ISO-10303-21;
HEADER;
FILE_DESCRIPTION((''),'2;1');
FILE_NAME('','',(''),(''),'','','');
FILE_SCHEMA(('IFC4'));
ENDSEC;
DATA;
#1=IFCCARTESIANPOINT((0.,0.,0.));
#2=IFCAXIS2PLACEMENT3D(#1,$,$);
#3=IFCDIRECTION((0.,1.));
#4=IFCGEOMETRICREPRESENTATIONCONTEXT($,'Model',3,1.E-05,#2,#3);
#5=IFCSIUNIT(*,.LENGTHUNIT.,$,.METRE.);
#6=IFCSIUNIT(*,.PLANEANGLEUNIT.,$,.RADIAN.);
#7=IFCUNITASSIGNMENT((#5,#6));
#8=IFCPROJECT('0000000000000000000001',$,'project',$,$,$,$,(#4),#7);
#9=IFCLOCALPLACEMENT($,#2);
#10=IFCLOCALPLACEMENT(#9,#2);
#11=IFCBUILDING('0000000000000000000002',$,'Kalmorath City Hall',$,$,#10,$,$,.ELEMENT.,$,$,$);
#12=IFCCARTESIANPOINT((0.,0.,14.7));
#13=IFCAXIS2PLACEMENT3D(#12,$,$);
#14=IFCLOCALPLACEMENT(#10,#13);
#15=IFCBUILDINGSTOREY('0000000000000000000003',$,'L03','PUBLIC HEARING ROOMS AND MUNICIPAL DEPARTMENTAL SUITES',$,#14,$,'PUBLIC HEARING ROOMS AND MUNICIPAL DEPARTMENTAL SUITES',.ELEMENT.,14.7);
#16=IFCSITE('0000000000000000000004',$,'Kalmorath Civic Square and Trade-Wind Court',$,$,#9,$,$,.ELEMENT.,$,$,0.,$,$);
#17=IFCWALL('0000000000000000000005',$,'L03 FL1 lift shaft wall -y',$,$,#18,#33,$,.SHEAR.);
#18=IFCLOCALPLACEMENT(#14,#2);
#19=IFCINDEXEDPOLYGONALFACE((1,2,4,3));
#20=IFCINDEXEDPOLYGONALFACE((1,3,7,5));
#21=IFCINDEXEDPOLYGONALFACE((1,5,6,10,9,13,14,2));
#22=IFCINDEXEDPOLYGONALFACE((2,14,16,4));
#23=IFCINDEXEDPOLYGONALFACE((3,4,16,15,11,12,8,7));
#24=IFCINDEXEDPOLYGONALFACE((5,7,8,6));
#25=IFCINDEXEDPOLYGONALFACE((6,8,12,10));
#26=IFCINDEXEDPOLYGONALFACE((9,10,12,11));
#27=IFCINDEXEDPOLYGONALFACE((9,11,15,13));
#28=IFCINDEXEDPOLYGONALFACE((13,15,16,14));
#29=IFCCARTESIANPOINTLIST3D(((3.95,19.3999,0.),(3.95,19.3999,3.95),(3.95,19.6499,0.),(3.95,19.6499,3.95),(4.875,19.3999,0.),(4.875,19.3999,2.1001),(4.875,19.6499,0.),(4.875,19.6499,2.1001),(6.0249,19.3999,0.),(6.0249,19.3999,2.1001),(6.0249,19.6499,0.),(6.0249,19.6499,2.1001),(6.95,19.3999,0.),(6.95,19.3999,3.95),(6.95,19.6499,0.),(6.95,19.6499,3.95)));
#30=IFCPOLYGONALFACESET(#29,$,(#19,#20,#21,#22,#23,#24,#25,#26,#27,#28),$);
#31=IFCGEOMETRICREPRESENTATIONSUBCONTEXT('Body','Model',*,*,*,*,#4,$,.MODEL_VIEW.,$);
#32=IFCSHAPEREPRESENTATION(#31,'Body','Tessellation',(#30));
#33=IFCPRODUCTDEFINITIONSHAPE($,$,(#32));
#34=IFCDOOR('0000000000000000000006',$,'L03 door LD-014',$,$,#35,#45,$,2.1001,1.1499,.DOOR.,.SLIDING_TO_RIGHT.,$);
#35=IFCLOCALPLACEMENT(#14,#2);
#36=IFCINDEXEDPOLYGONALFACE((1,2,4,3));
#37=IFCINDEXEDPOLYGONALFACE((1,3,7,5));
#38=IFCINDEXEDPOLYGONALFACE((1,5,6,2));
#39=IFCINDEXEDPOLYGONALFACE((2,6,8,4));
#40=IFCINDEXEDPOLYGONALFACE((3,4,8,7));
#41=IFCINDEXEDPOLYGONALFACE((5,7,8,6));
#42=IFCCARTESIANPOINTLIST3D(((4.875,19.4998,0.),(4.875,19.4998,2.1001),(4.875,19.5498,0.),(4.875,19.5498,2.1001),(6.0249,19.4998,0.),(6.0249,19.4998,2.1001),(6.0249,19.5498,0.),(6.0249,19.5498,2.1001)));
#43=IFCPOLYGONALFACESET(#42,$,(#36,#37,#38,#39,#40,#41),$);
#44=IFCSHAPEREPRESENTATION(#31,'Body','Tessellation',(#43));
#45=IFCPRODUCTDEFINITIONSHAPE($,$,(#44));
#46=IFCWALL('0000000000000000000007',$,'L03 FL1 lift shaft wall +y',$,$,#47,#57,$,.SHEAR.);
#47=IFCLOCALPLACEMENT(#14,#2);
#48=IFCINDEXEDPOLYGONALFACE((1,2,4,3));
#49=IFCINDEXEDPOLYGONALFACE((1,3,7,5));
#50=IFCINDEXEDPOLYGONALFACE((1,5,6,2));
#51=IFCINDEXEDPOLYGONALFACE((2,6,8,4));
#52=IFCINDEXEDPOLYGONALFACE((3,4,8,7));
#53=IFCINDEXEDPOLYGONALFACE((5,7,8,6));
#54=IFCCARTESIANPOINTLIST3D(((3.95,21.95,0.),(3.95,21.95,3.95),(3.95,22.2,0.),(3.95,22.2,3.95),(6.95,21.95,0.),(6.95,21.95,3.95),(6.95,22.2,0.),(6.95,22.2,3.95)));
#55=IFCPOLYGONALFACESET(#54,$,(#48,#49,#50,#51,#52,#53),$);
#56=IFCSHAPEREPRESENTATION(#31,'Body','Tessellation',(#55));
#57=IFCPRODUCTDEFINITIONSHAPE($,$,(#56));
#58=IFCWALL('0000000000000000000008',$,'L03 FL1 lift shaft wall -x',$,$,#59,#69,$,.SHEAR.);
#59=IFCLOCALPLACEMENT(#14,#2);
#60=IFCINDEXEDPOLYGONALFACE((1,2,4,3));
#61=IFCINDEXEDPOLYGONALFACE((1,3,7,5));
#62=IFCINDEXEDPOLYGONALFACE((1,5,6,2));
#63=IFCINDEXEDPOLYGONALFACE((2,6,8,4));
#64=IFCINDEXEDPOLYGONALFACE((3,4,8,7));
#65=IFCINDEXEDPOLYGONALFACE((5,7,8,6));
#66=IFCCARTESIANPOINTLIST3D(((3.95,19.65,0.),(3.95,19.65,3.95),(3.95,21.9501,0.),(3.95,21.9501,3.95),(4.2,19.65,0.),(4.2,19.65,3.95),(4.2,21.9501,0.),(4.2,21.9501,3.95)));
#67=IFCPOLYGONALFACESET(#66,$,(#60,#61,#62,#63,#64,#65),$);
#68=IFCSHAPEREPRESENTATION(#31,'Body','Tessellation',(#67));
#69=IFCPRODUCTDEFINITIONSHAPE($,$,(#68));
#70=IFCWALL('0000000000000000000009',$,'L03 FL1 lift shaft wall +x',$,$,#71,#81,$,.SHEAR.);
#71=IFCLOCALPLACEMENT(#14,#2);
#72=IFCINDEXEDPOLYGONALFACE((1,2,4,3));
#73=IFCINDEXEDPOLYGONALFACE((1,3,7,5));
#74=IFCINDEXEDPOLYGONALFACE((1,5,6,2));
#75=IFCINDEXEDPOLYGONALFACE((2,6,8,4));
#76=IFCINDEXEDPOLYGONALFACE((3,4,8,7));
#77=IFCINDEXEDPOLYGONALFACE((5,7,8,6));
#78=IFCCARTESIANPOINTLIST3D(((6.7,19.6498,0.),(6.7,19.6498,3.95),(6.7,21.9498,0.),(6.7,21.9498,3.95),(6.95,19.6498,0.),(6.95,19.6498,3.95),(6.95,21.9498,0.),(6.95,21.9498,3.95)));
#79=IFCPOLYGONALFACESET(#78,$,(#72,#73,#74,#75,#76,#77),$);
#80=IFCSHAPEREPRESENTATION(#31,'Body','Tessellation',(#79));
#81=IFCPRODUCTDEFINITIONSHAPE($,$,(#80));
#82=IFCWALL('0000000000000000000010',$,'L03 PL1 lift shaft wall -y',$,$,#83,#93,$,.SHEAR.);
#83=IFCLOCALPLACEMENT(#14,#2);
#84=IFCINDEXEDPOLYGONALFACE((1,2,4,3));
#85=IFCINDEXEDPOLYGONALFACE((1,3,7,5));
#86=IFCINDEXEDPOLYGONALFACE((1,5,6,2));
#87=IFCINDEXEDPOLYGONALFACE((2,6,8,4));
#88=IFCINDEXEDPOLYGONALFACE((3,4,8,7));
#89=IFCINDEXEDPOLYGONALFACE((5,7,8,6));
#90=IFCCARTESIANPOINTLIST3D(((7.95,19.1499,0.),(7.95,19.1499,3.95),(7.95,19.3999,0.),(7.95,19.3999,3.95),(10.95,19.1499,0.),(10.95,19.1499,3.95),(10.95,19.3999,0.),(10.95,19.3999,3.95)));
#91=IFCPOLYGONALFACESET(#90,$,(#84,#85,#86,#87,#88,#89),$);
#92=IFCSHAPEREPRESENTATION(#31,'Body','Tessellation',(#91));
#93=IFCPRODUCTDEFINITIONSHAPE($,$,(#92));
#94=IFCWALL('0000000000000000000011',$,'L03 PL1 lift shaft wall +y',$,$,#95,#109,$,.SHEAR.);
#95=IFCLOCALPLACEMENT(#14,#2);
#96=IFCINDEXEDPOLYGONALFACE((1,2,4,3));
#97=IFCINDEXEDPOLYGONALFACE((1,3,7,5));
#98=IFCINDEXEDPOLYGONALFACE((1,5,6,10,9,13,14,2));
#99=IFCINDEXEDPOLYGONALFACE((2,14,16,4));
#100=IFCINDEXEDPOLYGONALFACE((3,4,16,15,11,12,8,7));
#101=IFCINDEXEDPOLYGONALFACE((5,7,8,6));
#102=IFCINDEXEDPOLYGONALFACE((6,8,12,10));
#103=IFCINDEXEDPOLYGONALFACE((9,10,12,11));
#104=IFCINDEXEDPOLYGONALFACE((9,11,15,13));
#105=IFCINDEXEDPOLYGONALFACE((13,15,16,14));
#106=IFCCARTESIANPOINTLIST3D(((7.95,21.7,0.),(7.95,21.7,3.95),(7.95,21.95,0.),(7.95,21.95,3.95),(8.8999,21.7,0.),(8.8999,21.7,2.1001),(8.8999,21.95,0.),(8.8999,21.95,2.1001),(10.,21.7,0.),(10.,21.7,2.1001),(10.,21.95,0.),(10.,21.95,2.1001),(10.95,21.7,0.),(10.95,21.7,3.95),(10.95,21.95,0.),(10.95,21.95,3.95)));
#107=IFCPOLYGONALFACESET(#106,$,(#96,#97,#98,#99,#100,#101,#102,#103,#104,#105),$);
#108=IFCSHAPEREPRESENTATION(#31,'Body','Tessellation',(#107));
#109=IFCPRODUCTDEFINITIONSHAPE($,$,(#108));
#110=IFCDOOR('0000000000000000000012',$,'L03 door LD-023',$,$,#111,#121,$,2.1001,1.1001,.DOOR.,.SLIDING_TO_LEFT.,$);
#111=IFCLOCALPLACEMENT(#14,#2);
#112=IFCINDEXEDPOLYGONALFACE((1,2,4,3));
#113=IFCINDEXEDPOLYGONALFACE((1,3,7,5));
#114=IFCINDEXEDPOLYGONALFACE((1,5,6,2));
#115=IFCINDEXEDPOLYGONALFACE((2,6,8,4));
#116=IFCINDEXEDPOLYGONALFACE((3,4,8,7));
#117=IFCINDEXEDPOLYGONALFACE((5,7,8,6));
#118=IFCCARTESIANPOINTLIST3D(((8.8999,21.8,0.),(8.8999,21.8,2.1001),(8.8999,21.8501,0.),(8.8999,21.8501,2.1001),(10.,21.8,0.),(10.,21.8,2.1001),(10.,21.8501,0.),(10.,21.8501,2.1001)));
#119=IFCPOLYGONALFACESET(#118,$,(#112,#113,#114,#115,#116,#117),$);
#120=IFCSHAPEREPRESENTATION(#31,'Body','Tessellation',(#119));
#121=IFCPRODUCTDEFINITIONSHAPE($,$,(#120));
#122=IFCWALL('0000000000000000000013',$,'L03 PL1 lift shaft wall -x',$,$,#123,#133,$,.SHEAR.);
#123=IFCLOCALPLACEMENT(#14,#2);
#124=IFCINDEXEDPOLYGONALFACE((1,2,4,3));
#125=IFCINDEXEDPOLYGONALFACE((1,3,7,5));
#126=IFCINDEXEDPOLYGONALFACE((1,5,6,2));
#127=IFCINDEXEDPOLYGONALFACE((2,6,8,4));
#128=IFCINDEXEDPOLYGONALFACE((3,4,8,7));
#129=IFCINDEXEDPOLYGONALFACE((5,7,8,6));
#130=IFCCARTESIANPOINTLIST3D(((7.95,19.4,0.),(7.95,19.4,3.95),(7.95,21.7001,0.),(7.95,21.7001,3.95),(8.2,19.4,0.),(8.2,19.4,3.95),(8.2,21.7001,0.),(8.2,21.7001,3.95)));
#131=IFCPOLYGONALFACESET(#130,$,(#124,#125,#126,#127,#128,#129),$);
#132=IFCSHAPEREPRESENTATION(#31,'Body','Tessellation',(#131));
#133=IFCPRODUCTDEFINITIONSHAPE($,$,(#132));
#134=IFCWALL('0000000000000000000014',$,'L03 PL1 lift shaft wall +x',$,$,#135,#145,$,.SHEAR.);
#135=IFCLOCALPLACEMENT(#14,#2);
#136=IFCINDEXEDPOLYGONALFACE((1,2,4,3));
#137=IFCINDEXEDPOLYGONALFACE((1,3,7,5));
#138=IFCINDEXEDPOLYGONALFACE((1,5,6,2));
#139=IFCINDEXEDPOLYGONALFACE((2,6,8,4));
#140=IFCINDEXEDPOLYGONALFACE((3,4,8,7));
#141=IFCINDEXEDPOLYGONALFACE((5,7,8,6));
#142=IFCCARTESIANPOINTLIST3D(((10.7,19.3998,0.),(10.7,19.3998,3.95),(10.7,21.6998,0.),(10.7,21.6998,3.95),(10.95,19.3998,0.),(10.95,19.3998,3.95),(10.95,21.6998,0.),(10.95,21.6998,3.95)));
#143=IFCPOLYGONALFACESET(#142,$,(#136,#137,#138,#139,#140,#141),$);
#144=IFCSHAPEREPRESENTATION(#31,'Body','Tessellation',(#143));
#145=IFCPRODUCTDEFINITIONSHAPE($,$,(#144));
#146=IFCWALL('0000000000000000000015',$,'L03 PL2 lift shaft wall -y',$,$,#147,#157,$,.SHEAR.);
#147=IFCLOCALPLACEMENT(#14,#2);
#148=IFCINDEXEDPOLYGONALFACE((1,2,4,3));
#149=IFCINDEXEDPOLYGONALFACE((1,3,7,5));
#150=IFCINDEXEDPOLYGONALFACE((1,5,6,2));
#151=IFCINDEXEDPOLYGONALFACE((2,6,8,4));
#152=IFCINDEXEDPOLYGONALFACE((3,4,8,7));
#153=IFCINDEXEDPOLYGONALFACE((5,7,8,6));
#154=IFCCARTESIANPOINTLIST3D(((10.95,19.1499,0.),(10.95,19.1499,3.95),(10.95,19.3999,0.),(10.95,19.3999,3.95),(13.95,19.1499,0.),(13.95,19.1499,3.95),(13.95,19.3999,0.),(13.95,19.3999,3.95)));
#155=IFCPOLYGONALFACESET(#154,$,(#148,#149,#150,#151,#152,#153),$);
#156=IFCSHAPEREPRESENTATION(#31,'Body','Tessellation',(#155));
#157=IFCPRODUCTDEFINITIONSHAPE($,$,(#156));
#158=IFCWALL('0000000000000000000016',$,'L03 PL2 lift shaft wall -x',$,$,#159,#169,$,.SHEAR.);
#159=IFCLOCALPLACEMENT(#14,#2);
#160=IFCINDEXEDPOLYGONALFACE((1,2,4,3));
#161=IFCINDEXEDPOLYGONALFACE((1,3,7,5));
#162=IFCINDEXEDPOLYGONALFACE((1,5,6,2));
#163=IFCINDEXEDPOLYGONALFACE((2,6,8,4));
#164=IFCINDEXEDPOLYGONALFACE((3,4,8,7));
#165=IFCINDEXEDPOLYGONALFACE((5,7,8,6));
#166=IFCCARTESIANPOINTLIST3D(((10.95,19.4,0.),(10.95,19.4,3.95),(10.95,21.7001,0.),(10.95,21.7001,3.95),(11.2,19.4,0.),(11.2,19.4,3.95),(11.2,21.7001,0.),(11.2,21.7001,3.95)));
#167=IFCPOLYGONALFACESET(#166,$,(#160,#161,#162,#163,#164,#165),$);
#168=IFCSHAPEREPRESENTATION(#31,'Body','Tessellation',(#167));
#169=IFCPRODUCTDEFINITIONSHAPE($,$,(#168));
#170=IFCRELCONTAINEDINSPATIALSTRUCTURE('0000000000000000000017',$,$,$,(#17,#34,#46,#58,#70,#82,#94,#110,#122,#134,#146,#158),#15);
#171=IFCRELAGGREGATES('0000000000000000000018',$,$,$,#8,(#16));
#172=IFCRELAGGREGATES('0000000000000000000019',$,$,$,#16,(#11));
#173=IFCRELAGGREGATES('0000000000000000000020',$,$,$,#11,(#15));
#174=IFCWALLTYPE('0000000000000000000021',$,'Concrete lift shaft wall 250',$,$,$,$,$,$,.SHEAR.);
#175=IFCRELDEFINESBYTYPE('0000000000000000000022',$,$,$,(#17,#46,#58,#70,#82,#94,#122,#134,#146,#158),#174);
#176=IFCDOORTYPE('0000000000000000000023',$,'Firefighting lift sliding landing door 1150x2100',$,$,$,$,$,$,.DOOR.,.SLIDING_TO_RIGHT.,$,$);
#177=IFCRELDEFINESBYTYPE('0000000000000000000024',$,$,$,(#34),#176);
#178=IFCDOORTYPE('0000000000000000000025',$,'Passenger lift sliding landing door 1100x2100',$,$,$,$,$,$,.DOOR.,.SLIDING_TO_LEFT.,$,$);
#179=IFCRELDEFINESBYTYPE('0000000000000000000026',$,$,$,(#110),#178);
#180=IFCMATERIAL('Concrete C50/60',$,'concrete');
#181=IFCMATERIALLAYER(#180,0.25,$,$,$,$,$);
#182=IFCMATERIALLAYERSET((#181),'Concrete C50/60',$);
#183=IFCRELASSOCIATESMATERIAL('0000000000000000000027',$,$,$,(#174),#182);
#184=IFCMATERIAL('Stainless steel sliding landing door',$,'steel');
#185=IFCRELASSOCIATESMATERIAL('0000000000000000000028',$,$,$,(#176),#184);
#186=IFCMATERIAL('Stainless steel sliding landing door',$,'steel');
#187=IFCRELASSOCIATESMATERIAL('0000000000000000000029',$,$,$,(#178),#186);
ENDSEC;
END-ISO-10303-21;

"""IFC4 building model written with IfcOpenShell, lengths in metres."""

from ifc_helpers import new_model, si_unit, direction, frame, frame_2d, origin, place, context, subcontext, project, spatial, rectangle, extrude, material, layer, layer_set, type_object, element, fill, save


model = new_model("IFC4")

# Units and contexts
model_context = context("Model", 3, precision=1e-05, world=origin(), true_north=direction((0.0, 1.0)))
body_context = subcontext(model_context, "Body", "Model", "MODEL_VIEW")
ifc_project = project(units=[si_unit("LENGTHUNIT", "METRE"), si_unit("PLANEANGLEUNIT", "RADIAN")], contexts=[model_context])

# Site, building, storey
site_placement = place(None, origin())
site = spatial("IfcSite", under=ifc_project, at=site_placement, Name="Kalmorath Civic Square and Trade-Wind Court", CompositionType="ELEMENT", RefElevation=0.0)
building_placement = place(site_placement, origin())
building = spatial("IfcBuilding", under=site, at=building_placement, Name="Kalmorath City Hall", CompositionType="ELEMENT")
storey_placement = place(building_placement, frame((0.0, 0.0, 14.7)))
storey = spatial("IfcBuildingStorey", under=building, at=storey_placement, Name="L03", Description="PUBLIC HEARING ROOMS AND MUNICIPAL DEPARTMENTAL SUITES", LongName="PUBLIC HEARING ROOMS AND MUNICIPAL DEPARTMENTAL SUITES", CompositionType="ELEMENT", Elevation=14.7)

# Wall, opening, door
ifc_material_1 = material(Name="Concrete C50/60", Category="concrete")
ifc_layer_1 = layer(ifc_material_1, 0.25)
ifc_layer_set_1 = layer_set([ifc_layer_1], Name="Concrete C50/60")
wall_type_1 = type_object("IfcWallType", Name="Concrete lift shaft wall 250", PredefinedType="SHEAR", material=ifc_layer_set_1)
wall_1_placement = place(storey_placement, frame((3.95, 19.5249, 0.0), z_axis=(0.0, 0.0, 1.0), x_axis=(1.0, 0.0, 0.0)))
wall_1 = element("IfcWall", 1, at=wall_1_placement, inside=storey, type_object=wall_type_1, Name="L03 FL1 lift shaft wall -y", PredefinedType="SHEAR", context=body_context, shape_type="SweptSolid", body=[
    extrude(rectangle(XDim=3.0, YDim=0.25, at=frame_2d((1.5, 0.0))), origin(), (0.0, 0.0, 1.0), 3.95),
])
opening_1_placement = place(wall_1_placement, frame((0.925, 0.0, 0.0)))
opening_1 = element("IfcOpeningElement", 2, at=opening_1_placement, cuts=wall_1, PredefinedType="OPENING", context=body_context, shape_type="SweptSolid", body=[
    extrude(rectangle(XDim=1.1499, YDim=2.1001, at=frame_2d((0.575, 1.05))), frame((0.0, 0.135, 0.0), z_axis=(0.0, -1.0, 0.0), x_axis=(1.0, 0.0, 0.0)), (0.0, 0.0, 1.0), 0.27),
])
ifc_material_2 = material(Name="Stainless steel sliding landing door", Category="steel")
door_type_1 = type_object("IfcDoorType", Name="Firefighting lift sliding landing door 1150x2100", OperationType="SLIDING_TO_RIGHT", PredefinedType="DOOR", material=ifc_material_2)
door_1_placement = place(opening_1_placement, origin())
door_1 = element("IfcDoor", 3, at=door_1_placement, inside=storey, type_object=door_type_1, Name="L03 door LD-014", OperationType="SLIDING_TO_RIGHT", OverallHeight=2.1001, OverallWidth=1.1499, PredefinedType="DOOR", context=body_context, shape_type="SweptSolid", body=[
    extrude(rectangle(XDim=1.1499, YDim=2.1001, at=frame_2d((0.575, 1.05))), frame((0.0, 0.0249, 0.0), z_axis=(0.0, -1.0, 0.0), x_axis=(1.0, 0.0, 0.0)), (0.0, 0.0, 1.0), 0.05),
])
fill(opening_1, door_1)

# Walls
wall_2_placement = place(storey_placement, frame((6.95, 22.075, 0.0), z_axis=(0.0, 0.0, 1.0), x_axis=(-1.0, 0.0, 0.0)))
element("IfcWall", 4, at=wall_2_placement, inside=storey, type_object=wall_type_1, Name="L03 FL1 lift shaft wall +y", PredefinedType="SHEAR", context=body_context, shape_type="SweptSolid", body=[
    extrude(rectangle(XDim=3.0, YDim=0.25, at=frame_2d((1.5, 0.0))), origin(), (0.0, 0.0, 1.0), 3.95),
])
for number, where, z_axis, x_axis, name in (
    (5, (4.075, 21.95, 0.0), (0.0, 0.0, 1.0), (0.0, -1.0, 0.0), "L03 FL1 lift shaft wall -x"),
    (6, (6.825, 19.6499, 0.0), (0.0, 0.0, 1.0), (0.0, 1.0, 0.0), "L03 FL1 lift shaft wall +x"),
):
    element("IfcWall", number, at=place(storey_placement, frame(where, z_axis=z_axis, x_axis=x_axis)), inside=storey, type_object=wall_type_1, Name=name, PredefinedType="SHEAR", context=body_context, shape_type="SweptSolid", body=[
        extrude(rectangle(XDim=2.3, YDim=0.25, at=frame_2d((1.1499, 0.0))), origin(), (0.0, 0.0, 1.0), 3.95),
    ])
wall_3_placement = place(storey_placement, frame((7.95, 19.2749, 0.0), z_axis=(0.0, 0.0, 1.0), x_axis=(1.0, 0.0, 0.0)))
element("IfcWall", 7, at=wall_3_placement, inside=storey, type_object=wall_type_1, Name="L03 PL1 lift shaft wall -y", PredefinedType="SHEAR", context=body_context, shape_type="SweptSolid", body=[
    extrude(rectangle(XDim=3.0, YDim=0.25, at=frame_2d((1.5, 0.0))), origin(), (0.0, 0.0, 1.0), 3.95),
])

# Wall, opening, door
wall_4_placement = place(storey_placement, frame((10.95, 21.825, 0.0), z_axis=(0.0, 0.0, 1.0), x_axis=(-1.0, 0.0, 0.0)))
wall_4 = element("IfcWall", 8, at=wall_4_placement, inside=storey, type_object=wall_type_1, Name="L03 PL1 lift shaft wall +y", PredefinedType="SHEAR", context=body_context, shape_type="SweptSolid", body=[
    extrude(rectangle(XDim=3.0, YDim=0.25, at=frame_2d((1.5, 0.0))), origin(), (0.0, 0.0, 1.0), 3.95),
])
opening_2_placement = place(wall_4_placement, frame((0.95, 0.0, 0.0)))
opening_2 = element("IfcOpeningElement", 9, at=opening_2_placement, cuts=wall_4, PredefinedType="OPENING", context=body_context, shape_type="SweptSolid", body=[
    extrude(rectangle(XDim=1.1001, YDim=2.1001, at=frame_2d((0.55, 1.05))), frame((0.0, 0.135, 0.0), z_axis=(0.0, -1.0, 0.0), x_axis=(1.0, 0.0, 0.0)), (0.0, 0.0, 1.0), 0.27),
])
ifc_material_3 = material(Name="Stainless steel sliding landing door", Category="steel")
door_type_2 = type_object("IfcDoorType", Name="Passenger lift sliding landing door 1100x2100", OperationType="SLIDING_TO_LEFT", PredefinedType="DOOR", material=ifc_material_3)
door_2_placement = place(opening_2_placement, origin())
door_2 = element("IfcDoor", 10, at=door_2_placement, inside=storey, type_object=door_type_2, Name="L03 door LD-023", OperationType="SLIDING_TO_LEFT", OverallHeight=2.1001, OverallWidth=1.1001, PredefinedType="DOOR", context=body_context, shape_type="SweptSolid", body=[
    extrude(rectangle(XDim=1.1001, YDim=2.1001, at=frame_2d((0.55, 1.05))), frame((0.0, 0.0249, 0.0), z_axis=(0.0, -1.0, 0.0), x_axis=(1.0, 0.0, 0.0)), (0.0, 0.0, 1.0), 0.05),
])
fill(opening_2, door_2)

# Walls
for number, where, z_axis, x_axis, name in (
    (11, (8.075, 21.7, 0.0), (0.0, 0.0, 1.0), (0.0, -1.0, 0.0), "L03 PL1 lift shaft wall -x"),
    (12, (10.825, 19.3999, 0.0), (0.0, 0.0, 1.0), (0.0, 1.0, 0.0), "L03 PL1 lift shaft wall +x"),
):
    element("IfcWall", number, at=place(storey_placement, frame(where, z_axis=z_axis, x_axis=x_axis)), inside=storey, type_object=wall_type_1, Name=name, PredefinedType="SHEAR", context=body_context, shape_type="SweptSolid", body=[
        extrude(rectangle(XDim=2.3, YDim=0.25, at=frame_2d((1.1499, 0.0))), origin(), (0.0, 0.0, 1.0), 3.95),
    ])
wall_5_placement = place(storey_placement, frame((10.95, 19.2749, 0.0), z_axis=(0.0, 0.0, 1.0), x_axis=(1.0, 0.0, 0.0)))
element("IfcWall", 13, at=wall_5_placement, inside=storey, type_object=wall_type_1, Name="L03 PL2 lift shaft wall -y", PredefinedType="SHEAR", context=body_context, shape_type="SweptSolid", body=[
    extrude(rectangle(XDim=3.0, YDim=0.25, at=frame_2d((1.5, 0.0))), origin(), (0.0, 0.0, 1.0), 3.95),
])
wall_6_placement = place(storey_placement, frame((11.075, 21.7, 0.0), z_axis=(0.0, 0.0, 1.0), x_axis=(0.0, -1.0, 0.0)))
element("IfcWall", 14, at=wall_6_placement, inside=storey, type_object=wall_type_1, Name="L03 PL2 lift shaft wall -x", PredefinedType="SHEAR", context=body_context, shape_type="SweptSolid", body=[
    extrude(rectangle(XDim=2.3, YDim=0.25, at=frame_2d((1.1499, 0.0))), origin(), (0.0, 0.0, 1.0), 3.95),
])

save(model, "model.ifc")
